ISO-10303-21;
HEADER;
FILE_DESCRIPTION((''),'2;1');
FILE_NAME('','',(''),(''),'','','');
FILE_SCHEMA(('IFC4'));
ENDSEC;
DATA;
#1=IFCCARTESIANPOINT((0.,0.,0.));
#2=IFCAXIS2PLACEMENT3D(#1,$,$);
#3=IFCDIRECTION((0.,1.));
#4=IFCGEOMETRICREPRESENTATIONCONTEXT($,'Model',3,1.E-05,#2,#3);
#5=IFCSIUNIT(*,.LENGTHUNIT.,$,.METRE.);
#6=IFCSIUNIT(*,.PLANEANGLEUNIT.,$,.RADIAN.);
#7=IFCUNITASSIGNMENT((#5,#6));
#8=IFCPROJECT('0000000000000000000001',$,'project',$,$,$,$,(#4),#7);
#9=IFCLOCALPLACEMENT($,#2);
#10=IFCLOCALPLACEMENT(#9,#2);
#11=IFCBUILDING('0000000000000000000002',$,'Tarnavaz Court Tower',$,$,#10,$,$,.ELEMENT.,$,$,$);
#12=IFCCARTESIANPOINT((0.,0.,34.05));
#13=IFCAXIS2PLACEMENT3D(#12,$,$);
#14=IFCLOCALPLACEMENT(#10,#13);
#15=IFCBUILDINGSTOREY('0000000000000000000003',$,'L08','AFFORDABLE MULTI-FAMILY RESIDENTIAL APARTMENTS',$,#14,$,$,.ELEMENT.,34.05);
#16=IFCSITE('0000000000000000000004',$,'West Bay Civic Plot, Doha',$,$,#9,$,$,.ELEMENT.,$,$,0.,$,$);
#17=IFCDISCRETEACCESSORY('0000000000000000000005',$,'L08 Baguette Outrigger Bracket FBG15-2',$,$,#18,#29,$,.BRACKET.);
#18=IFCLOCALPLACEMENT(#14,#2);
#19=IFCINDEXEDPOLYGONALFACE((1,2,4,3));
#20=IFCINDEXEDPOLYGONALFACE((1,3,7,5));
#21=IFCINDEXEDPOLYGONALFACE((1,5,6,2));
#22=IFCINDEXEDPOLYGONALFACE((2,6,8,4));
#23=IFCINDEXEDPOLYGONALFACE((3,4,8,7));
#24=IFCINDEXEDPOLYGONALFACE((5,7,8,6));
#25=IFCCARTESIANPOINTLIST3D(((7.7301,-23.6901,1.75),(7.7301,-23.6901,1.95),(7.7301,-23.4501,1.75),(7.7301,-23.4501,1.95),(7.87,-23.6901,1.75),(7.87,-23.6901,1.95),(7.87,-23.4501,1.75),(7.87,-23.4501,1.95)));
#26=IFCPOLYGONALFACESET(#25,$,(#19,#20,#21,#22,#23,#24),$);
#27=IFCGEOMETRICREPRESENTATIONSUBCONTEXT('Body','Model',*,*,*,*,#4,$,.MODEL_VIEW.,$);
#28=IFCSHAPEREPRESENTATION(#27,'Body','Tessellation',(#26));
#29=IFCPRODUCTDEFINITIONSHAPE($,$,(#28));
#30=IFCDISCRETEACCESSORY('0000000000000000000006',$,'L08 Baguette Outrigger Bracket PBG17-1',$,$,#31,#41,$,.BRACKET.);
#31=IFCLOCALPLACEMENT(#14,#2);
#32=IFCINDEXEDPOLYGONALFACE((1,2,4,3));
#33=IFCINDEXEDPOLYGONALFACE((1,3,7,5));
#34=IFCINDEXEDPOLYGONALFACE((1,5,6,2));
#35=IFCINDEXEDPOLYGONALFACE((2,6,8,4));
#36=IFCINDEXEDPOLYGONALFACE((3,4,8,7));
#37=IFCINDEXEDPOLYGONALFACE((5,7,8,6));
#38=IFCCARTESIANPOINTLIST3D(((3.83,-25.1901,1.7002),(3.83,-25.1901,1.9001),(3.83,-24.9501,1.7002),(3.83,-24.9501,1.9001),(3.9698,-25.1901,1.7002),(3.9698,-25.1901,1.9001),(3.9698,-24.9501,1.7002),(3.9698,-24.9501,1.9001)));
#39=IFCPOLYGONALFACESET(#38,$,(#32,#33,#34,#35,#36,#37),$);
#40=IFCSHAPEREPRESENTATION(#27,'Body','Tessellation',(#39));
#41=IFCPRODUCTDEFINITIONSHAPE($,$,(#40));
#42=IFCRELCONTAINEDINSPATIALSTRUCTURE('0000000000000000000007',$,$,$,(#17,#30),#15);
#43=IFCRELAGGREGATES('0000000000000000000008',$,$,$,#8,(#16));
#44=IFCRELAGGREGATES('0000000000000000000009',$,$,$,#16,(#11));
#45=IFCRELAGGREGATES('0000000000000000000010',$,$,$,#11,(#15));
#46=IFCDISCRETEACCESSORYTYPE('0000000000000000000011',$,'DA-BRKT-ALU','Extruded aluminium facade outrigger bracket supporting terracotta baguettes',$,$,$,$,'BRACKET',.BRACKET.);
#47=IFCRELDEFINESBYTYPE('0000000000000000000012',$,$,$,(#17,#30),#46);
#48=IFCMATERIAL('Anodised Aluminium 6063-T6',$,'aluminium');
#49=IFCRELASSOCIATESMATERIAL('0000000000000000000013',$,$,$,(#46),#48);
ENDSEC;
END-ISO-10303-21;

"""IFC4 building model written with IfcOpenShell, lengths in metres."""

from ifc_helpers import new_model, si_unit, direction, frame, origin, origin_2d, place, context, subcontext, project, spatial, rectangle, extrude, material, type_object, element, save


model = new_model("IFC4")

# Units and contexts
model_context = context("Model", 3, precision=1e-05, world=origin(), true_north=direction((0.0, 1.0)))
body_context = subcontext(model_context, "Body", "Model", "MODEL_VIEW")
ifc_project = project(units=[si_unit("LENGTHUNIT", "METRE"), si_unit("PLANEANGLEUNIT", "RADIAN")], contexts=[model_context])

# Site, building, storey
site_placement = place(None, origin())
site = spatial("IfcSite", under=ifc_project, at=site_placement, Name="West Bay Civic Plot, Doha", CompositionType="ELEMENT", RefElevation=0.0)
building_placement = place(site_placement, origin())
building = spatial("IfcBuilding", under=site, at=building_placement, Name="Tarnavaz Court Tower", CompositionType="ELEMENT")
storey_placement = place(building_placement, frame((0.0, 0.0, 34.05)))
storey = spatial("IfcBuildingStorey", under=building, at=storey_placement, Name="L08", Description="AFFORDABLE MULTI-FAMILY RESIDENTIAL APARTMENTS", CompositionType="ELEMENT", Elevation=34.05)

# Shared definitions
ifc_material_1 = material(Name="Anodised Aluminium 6063-T6", Category="aluminium")

# Discrete accessories
discrete_accessory_type = type_object("IfcDiscreteAccessoryType", Name="DA-BRKT-ALU", Description="Extruded aluminium facade outrigger bracket supporting terracotta baguettes", ElementType="BRACKET", PredefinedType="BRACKET", material=ifc_material_1)
for number, where, z_axis, x_axis, name in (
    (1, (7.8, -23.5701, 1.75), (0.0, 0.0, 1.0), (-1.0, 0.0, 0.0), "L08 Baguette Outrigger Bracket FBG15-2"),
    (2, (3.8999, -25.0701, 1.7002), (0.0, 0.0, 1.0), (-1.0, 0.0, 0.0), "L08 Baguette Outrigger Bracket PBG17-1"),
):
    element("IfcDiscreteAccessory", number, at=place(storey_placement, frame(where, z_axis=z_axis, x_axis=x_axis)), inside=storey, type_object=discrete_accessory_type, Name=name, PredefinedType="BRACKET", context=body_context, shape_type="SweptSolid", body=[
        extrude(rectangle(XDim=0.1399, YDim=0.24, at=origin_2d()), origin(), (0.0, 0.0, 1.0), 0.2),
    ])

save(model, "model.ifc")
